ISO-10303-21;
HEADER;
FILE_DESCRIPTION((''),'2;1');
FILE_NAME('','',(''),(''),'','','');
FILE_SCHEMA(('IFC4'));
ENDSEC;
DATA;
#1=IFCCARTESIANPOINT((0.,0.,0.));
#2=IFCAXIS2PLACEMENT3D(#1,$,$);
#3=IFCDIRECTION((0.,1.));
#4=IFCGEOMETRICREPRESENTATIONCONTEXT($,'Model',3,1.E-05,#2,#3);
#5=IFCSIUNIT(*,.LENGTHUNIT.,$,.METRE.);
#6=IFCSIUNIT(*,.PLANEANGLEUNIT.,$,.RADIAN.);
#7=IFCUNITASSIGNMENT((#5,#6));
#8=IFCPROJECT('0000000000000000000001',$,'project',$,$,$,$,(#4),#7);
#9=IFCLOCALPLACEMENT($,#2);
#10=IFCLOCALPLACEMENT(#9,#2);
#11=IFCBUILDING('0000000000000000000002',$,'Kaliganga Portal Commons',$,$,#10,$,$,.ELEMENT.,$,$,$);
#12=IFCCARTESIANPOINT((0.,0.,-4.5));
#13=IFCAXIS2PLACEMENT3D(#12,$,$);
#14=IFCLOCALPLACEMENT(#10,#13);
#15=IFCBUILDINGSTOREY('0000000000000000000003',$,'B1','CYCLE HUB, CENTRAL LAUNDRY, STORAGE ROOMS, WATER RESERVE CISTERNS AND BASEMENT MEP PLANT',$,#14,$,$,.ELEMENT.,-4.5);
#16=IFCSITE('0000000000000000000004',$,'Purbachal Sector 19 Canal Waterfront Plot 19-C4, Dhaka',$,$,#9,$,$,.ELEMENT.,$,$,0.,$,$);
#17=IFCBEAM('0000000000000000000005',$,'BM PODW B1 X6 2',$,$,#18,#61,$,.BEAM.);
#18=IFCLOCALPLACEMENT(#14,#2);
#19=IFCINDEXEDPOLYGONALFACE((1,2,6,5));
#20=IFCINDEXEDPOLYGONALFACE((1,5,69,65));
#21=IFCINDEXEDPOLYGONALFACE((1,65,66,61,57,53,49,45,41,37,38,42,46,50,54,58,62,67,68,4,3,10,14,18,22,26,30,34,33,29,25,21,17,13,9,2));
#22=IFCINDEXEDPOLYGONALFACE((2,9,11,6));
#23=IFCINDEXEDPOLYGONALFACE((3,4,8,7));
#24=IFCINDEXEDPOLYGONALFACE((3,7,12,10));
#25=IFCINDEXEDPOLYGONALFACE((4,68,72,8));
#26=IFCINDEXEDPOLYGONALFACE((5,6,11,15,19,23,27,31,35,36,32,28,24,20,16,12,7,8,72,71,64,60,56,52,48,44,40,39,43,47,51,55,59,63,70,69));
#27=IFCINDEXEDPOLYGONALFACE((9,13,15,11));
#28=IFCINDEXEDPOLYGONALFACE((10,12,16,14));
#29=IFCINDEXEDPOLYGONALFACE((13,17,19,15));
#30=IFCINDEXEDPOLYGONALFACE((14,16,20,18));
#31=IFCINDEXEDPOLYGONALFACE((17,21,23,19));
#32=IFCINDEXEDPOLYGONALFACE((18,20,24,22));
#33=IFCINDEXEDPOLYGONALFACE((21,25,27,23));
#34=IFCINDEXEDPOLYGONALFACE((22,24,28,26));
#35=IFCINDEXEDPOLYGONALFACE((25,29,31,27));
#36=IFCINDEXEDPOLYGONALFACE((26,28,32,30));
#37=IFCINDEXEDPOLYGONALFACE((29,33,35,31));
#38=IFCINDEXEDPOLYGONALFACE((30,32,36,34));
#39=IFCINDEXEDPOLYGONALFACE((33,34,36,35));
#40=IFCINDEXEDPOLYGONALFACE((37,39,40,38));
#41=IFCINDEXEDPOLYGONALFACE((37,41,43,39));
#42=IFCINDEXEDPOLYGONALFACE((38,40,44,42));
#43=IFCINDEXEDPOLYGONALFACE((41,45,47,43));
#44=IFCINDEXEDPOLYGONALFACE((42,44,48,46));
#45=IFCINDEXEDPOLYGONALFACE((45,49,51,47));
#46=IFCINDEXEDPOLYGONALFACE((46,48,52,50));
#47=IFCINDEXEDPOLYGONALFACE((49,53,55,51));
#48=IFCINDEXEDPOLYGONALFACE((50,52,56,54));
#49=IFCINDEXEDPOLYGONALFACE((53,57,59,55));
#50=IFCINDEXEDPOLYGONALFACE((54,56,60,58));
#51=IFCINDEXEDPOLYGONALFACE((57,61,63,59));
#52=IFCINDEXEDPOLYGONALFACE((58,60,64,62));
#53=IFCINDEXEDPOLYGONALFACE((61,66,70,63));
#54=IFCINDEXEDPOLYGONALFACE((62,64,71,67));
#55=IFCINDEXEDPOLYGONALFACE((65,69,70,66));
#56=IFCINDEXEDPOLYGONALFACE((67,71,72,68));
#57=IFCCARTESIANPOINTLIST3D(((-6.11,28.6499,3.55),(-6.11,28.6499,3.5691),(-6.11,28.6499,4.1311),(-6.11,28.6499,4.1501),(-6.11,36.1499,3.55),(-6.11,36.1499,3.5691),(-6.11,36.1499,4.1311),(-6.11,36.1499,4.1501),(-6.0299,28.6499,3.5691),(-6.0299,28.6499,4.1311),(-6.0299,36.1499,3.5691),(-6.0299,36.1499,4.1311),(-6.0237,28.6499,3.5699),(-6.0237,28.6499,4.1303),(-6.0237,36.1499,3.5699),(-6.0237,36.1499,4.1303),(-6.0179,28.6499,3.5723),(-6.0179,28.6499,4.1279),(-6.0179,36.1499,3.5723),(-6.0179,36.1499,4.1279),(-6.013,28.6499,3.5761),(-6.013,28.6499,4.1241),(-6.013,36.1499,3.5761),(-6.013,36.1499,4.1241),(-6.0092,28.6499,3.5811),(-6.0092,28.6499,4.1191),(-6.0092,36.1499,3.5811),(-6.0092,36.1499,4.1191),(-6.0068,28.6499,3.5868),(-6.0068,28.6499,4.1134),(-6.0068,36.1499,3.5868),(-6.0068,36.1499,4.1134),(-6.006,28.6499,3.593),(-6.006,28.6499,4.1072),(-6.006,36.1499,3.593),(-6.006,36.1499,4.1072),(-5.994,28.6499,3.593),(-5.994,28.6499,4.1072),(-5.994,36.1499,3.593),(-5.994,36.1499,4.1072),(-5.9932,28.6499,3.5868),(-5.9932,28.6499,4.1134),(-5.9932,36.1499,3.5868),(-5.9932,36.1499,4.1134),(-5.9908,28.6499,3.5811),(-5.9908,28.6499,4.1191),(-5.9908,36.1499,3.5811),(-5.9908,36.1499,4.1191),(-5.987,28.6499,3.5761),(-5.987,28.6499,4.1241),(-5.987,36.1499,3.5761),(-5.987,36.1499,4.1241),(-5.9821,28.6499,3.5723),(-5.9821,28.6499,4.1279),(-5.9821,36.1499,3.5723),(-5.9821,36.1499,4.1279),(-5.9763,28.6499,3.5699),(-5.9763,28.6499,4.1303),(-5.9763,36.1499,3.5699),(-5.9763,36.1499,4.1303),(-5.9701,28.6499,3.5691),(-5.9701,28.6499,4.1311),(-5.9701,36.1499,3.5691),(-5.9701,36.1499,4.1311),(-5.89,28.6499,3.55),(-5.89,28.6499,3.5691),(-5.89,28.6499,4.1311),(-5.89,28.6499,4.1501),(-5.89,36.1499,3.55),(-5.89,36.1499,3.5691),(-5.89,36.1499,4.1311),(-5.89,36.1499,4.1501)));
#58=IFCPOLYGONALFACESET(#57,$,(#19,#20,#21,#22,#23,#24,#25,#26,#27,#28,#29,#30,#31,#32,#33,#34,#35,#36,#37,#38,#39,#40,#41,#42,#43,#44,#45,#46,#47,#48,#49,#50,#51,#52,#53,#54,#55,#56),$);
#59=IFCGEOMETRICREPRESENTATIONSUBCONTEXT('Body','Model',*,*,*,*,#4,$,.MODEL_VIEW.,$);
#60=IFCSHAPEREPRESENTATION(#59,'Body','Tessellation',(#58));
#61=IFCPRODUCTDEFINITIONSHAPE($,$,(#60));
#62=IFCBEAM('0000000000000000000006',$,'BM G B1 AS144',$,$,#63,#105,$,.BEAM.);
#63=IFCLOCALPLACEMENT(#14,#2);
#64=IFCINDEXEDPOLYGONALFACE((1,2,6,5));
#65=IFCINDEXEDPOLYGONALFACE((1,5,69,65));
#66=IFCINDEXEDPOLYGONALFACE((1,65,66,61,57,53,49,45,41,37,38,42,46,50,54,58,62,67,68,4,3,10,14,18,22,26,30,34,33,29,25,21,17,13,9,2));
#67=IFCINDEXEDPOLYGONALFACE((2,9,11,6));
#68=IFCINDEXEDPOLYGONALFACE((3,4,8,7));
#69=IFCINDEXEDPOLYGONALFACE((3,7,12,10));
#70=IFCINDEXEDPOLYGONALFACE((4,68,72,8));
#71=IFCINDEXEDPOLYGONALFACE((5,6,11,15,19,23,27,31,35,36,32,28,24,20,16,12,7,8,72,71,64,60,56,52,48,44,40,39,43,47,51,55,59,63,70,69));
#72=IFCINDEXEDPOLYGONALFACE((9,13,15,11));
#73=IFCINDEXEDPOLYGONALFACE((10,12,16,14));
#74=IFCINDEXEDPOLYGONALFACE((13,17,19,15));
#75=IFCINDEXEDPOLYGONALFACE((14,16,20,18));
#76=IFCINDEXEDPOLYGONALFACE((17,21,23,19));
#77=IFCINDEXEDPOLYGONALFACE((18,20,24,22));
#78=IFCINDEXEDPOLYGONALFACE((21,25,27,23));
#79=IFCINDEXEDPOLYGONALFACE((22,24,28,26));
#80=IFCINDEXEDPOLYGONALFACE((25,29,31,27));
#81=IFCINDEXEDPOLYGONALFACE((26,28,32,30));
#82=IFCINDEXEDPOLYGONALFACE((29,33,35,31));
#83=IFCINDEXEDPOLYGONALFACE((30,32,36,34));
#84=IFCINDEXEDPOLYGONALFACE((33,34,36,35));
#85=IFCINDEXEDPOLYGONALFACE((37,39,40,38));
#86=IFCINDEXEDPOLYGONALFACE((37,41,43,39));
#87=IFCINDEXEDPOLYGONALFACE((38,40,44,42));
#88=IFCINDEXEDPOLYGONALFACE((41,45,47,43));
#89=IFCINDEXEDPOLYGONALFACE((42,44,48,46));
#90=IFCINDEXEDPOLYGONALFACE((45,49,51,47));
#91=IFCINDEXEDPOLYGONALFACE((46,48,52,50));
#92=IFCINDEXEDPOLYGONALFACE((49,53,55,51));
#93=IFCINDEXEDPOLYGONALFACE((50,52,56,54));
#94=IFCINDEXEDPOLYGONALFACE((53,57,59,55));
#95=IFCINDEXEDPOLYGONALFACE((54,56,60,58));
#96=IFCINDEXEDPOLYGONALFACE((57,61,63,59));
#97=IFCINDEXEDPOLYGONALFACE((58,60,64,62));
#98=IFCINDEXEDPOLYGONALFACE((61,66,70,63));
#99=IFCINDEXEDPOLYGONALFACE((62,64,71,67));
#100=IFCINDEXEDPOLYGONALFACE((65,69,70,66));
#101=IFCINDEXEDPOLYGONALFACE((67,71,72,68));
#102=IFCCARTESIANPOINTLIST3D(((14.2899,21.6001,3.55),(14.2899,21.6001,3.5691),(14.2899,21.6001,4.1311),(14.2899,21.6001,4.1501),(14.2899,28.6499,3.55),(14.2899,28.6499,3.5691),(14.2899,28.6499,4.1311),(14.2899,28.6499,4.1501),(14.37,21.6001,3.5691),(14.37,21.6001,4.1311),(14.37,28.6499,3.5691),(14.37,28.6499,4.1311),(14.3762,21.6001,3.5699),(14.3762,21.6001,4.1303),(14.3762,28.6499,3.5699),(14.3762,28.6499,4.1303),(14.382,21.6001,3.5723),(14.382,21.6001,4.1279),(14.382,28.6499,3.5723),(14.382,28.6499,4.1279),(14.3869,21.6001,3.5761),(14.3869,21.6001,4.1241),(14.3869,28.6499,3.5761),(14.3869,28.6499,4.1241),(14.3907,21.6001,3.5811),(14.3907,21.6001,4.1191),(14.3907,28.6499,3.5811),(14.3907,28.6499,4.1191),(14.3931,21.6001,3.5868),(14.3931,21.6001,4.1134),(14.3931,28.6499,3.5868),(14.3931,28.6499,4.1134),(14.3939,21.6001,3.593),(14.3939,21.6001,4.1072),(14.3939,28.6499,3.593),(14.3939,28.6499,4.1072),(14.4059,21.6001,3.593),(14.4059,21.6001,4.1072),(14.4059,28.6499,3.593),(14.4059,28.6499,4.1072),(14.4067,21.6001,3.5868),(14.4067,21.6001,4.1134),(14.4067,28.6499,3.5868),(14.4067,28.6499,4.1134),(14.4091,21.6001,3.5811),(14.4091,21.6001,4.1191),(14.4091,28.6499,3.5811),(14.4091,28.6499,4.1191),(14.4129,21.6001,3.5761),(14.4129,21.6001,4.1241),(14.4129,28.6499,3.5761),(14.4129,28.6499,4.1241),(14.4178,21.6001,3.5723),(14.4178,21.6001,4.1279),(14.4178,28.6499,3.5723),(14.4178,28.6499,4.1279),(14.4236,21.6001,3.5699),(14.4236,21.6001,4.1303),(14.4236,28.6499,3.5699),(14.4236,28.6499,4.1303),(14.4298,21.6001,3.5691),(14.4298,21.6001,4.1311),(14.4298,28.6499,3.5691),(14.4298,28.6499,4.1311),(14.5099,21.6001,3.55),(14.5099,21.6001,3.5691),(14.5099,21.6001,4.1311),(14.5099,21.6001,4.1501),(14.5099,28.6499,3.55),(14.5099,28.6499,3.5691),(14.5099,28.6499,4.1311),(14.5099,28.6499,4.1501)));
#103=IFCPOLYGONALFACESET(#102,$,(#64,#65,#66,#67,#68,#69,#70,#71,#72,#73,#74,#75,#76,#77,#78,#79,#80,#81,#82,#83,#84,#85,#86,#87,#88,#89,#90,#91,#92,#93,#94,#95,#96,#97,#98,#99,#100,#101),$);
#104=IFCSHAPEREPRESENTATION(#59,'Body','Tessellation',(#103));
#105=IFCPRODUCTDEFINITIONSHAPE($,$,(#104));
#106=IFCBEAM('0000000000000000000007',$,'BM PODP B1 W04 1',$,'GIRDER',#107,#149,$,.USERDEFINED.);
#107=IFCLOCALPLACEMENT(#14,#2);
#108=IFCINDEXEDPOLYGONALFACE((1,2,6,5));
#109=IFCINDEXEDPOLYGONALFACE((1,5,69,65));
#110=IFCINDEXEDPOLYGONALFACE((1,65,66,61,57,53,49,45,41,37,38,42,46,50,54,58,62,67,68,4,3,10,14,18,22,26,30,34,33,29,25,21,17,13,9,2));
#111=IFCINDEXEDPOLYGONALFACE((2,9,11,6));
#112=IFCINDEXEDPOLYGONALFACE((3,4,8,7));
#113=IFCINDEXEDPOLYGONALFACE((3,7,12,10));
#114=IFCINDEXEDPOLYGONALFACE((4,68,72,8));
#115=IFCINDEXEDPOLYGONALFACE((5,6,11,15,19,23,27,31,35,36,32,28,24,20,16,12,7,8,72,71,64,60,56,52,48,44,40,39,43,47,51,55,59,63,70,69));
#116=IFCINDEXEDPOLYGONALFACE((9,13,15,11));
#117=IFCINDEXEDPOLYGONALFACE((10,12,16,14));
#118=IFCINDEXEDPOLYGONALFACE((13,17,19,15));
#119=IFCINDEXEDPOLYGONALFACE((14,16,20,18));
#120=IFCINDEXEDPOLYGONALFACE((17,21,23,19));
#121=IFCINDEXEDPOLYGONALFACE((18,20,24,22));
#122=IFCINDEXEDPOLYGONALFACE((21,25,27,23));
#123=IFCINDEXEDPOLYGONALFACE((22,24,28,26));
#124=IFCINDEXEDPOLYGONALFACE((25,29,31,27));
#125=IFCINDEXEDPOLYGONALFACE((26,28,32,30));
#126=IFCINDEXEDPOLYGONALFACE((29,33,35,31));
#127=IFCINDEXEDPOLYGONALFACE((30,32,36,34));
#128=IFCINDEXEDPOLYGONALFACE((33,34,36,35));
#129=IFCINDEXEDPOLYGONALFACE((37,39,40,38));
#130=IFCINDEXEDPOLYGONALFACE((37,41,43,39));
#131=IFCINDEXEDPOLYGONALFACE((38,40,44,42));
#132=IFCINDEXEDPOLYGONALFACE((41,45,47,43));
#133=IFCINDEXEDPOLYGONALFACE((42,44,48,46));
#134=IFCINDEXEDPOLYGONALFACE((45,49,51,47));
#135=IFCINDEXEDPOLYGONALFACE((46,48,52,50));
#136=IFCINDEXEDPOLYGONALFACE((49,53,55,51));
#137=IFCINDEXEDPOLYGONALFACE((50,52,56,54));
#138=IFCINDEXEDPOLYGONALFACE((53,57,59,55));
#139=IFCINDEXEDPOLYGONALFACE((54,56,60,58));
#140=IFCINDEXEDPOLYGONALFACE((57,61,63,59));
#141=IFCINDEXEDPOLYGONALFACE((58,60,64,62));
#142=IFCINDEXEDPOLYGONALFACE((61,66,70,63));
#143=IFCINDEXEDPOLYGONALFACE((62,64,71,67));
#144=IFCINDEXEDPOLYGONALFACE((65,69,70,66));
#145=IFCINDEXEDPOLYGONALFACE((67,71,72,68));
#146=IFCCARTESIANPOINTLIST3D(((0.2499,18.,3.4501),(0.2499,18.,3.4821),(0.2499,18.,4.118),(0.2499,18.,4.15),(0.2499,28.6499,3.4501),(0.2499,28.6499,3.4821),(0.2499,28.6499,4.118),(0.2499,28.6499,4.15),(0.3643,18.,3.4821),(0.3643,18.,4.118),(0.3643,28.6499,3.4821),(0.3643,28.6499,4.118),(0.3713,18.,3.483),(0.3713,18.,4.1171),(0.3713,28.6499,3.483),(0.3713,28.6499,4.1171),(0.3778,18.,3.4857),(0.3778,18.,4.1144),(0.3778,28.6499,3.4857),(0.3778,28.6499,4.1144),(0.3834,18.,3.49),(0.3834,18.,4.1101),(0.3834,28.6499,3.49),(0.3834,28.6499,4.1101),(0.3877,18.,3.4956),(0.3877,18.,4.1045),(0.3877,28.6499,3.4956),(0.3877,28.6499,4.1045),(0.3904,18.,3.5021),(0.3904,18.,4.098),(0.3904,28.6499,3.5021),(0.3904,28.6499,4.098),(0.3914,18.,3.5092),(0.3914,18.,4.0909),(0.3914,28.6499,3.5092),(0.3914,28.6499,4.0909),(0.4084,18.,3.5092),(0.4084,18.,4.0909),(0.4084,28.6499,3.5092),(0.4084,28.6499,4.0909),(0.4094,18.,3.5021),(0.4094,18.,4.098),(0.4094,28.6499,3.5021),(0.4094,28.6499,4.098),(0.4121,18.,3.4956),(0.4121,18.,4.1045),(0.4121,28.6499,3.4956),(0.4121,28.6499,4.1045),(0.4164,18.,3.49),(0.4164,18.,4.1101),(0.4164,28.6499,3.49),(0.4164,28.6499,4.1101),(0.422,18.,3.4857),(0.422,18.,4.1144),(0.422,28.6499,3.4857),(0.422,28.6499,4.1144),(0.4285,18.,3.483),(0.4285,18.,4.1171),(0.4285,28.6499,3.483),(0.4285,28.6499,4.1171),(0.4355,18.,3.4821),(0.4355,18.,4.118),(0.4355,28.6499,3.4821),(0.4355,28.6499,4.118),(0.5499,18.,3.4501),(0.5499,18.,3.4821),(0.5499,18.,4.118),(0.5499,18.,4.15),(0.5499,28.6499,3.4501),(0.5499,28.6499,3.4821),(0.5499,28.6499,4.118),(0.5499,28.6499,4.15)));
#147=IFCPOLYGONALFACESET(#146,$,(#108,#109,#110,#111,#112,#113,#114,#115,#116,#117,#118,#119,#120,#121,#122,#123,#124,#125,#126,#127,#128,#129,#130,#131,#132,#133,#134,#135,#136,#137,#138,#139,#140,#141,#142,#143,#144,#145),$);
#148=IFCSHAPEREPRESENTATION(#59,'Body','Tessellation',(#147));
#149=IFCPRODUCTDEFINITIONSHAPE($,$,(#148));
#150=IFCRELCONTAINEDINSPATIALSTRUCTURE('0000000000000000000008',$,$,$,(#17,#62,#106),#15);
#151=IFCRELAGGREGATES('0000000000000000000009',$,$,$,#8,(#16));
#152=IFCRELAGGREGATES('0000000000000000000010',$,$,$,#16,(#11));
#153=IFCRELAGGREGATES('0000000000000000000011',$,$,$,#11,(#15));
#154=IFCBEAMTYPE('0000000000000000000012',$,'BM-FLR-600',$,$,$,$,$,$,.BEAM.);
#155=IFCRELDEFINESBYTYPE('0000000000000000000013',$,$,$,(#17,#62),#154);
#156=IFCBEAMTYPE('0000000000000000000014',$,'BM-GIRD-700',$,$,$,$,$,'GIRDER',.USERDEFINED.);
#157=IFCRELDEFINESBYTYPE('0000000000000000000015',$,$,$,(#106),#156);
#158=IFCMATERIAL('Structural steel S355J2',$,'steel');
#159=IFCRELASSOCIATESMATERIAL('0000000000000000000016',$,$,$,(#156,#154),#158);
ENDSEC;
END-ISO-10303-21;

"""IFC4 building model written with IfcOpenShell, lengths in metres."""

from ifc_helpers import new_model, si_unit, direction, frame, origin, origin_2d, place, context, subcontext, project, spatial, i_section, extrude, source, transform, mapped, material, material_profile, profile_set, type_object, element, save


model = new_model("IFC4")

# Units and contexts
model_context = context("Model", 3, precision=1e-05, world=origin(), true_north=direction((0.0, 1.0)))
body_context = subcontext(model_context, "Body", "Model", "MODEL_VIEW")
ifc_project = project(units=[si_unit("LENGTHUNIT", "METRE"), si_unit("PLANEANGLEUNIT", "RADIAN")], contexts=[model_context])

# Site, building, storey
site_placement = place(None, origin())
site = spatial("IfcSite", under=ifc_project, at=site_placement, Name="Purbachal Sector 19 Canal Waterfront Plot 19-C4, Dhaka", CompositionType="ELEMENT", RefElevation=0.0)
building_placement = place(site_placement, origin())
building = spatial("IfcBuilding", under=site, at=building_placement, Name="Kaliganga Portal Commons", CompositionType="ELEMENT")
storey_placement = place(building_placement, frame((0.0, 0.0, -4.5)))
storey = spatial("IfcBuildingStorey", under=building, at=storey_placement, Name="B1", Description="CYCLE HUB, CENTRAL LAUNDRY, STORAGE ROOMS, WATER RESERVE CISTERNS AND BASEMENT MEP PLANT", CompositionType="ELEMENT", Elevation=-4.5)

# Beams
ifc_material_1 = material(Name="Structural steel S355J2", Category="steel")
ifc_material_profile_1 = material_profile(ifc_material_1, i_section(OverallWidth=0.3, OverallDepth=0.7, WebThickness=0.0171, FlangeThickness=0.032, FilletRadius=0.0271, at=origin_2d()), Name="HE 700 B")
ifc_profile_set_1 = profile_set([ifc_material_profile_1], Name="Structural steel S355J2 wide-flange")
beam_type_1 = type_object("IfcBeamType", Name="BM-GIRD-700", ElementType="GIRDER", PredefinedType="USERDEFINED", material=ifc_profile_set_1)
ifc_material_profile_2 = material_profile(ifc_material_1, i_section(OverallWidth=0.22, OverallDepth=0.6001, WebThickness=0.012, FlangeThickness=0.019, FilletRadius=0.0239, at=origin_2d()), Name="IPE 600")
ifc_profile_set_2 = profile_set([ifc_material_profile_2], Name="Structural steel S355J2 wide-flange")
beam_type_2 = type_object("IfcBeamType", Name="BM-FLR-600", PredefinedType="BEAM", material=ifc_profile_set_2)
shared_shape_1 = source(origin(), body_context, "Body", "SweptSolid", [
    extrude(i_section(OverallWidth=0.22, OverallDepth=0.6001, WebThickness=0.012, FlangeThickness=0.019, FilletRadius=0.0239, at=origin_2d()), origin(), (0.0, 0.0, 1.0), 7.5),
])
for number, where, z_axis, x_axis, name in (
    (1, (-6.0, 28.6499, 3.8501), (0.0, 1.0, 0.0), (-1.0, 0.0, 0.0), "BM PODW B1 X6 2"),
):
    element("IfcBeam", number, at=place(storey_placement, frame(where, z_axis=z_axis, x_axis=x_axis)), inside=storey, type_object=beam_type_2, Name=name, PredefinedType="BEAM", context=body_context, shape_type="MappedRepresentation", body=[
        mapped(shared_shape_1, transform((0.0, 0.0, 0.0), x_axis=(1.0, 0.0, 0.0), y_axis=(0.0, 1.0, 0.0), z_axis=(0.0, 0.0, 1.0), scale=1.0)),
    ])
shared_shape_2 = source(origin(), body_context, "Body", "SweptSolid", [
    extrude(i_section(OverallWidth=0.22, OverallDepth=0.6001, WebThickness=0.012, FlangeThickness=0.019, FilletRadius=0.0239, at=origin_2d()), origin(), (0.0, 0.0, 1.0), 7.0498),
])
beam_1_placement = place(storey_placement, frame((14.3999, 21.6001, 3.8501), z_axis=(0.0, 1.0, 0.0), x_axis=(-1.0, 0.0, 0.0)))
element("IfcBeam", 2, at=beam_1_placement, inside=storey, type_object=beam_type_2, Name="BM G B1 AS144", PredefinedType="BEAM", context=body_context, shape_type="MappedRepresentation", body=[
    mapped(shared_shape_2, transform((0.0, 0.0, 0.0), x_axis=(1.0, 0.0, 0.0), y_axis=(0.0, 1.0, 0.0), z_axis=(0.0, 0.0, 1.0), scale=1.0)),
])
shared_shape_3 = source(origin(), body_context, "Body", "SweptSolid", [
    extrude(i_section(OverallWidth=0.3, OverallDepth=0.7, WebThickness=0.0171, FlangeThickness=0.032, FilletRadius=0.0271, at=origin_2d()), origin(), (0.0, 0.0, 1.0), 10.6499),
])
beam_2_placement = place(storey_placement, frame((0.3999, 18.0, 3.8), z_axis=(0.0, 1.0, 0.0), x_axis=(-1.0, 0.0, 0.0)))
element("IfcBeam", 3, at=beam_2_placement, inside=storey, type_object=beam_type_1, Name="BM PODP B1 W04 1", ObjectType="GIRDER", PredefinedType="USERDEFINED", context=body_context, shape_type="MappedRepresentation", body=[
    mapped(shared_shape_3, transform((0.0, 0.0, 0.0), x_axis=(1.0, 0.0, 0.0), y_axis=(0.0, 1.0, 0.0), z_axis=(0.0, 0.0, 1.0), scale=1.0)),
])

save(model, "model.ifc")
